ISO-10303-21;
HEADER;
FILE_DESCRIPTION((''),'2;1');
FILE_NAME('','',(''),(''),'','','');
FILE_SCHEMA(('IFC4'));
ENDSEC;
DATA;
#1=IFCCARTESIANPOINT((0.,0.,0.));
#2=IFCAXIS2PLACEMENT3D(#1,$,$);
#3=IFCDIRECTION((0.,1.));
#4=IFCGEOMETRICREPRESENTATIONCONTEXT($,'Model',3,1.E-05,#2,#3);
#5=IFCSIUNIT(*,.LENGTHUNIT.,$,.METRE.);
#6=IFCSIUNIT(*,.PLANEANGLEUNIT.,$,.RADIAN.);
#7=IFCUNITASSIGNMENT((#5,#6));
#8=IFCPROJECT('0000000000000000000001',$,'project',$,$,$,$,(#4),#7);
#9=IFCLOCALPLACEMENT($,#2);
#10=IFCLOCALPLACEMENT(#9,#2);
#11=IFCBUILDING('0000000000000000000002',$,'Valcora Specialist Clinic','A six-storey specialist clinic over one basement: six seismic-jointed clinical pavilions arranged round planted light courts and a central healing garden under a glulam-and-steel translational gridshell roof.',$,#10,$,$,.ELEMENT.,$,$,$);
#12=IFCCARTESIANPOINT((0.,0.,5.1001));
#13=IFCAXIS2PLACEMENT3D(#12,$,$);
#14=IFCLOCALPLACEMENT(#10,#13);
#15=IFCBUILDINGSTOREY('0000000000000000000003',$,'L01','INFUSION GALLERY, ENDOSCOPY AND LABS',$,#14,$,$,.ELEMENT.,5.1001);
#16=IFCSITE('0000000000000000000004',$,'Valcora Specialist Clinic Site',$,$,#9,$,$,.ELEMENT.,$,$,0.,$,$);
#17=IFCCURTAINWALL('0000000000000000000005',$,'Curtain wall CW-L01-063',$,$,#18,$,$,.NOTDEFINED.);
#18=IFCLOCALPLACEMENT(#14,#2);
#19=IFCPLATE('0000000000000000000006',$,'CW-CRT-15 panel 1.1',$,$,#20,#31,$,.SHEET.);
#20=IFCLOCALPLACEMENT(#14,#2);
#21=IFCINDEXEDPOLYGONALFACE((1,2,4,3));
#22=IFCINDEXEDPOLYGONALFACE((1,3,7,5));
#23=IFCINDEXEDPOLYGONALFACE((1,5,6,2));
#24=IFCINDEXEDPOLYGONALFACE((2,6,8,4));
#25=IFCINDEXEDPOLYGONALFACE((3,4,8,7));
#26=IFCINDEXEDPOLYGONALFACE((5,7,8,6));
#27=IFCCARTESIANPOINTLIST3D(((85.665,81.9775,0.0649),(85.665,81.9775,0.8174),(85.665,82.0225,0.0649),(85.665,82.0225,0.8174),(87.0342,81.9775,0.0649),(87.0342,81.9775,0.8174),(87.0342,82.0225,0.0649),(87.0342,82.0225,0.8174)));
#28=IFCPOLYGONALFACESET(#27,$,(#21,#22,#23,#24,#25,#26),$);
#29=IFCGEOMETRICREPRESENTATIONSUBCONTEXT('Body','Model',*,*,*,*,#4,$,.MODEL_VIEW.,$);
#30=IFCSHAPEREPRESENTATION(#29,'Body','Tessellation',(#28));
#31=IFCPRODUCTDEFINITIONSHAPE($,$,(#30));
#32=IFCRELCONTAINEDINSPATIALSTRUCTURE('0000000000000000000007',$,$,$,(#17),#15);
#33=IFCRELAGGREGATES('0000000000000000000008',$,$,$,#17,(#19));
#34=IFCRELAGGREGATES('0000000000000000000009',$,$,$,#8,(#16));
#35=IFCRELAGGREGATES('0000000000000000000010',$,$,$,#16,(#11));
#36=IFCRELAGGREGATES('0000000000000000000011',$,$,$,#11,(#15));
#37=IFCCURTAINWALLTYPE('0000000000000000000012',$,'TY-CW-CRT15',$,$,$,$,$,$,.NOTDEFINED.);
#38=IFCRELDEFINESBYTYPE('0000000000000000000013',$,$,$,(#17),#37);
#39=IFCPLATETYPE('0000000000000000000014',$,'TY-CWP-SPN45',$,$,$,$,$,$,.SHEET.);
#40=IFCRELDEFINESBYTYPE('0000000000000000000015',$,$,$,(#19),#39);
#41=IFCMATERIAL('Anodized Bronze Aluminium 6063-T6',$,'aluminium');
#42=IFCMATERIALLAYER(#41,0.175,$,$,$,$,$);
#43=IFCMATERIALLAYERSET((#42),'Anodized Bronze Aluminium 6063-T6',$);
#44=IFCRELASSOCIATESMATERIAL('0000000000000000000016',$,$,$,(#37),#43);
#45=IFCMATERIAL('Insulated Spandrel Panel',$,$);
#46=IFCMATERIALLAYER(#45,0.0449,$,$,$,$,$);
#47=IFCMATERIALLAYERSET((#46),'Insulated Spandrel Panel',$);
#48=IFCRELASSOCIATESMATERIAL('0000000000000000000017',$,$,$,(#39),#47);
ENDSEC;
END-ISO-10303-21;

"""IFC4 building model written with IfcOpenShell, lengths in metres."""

from ifc_helpers import new_model, si_unit, direction, frame, origin, origin_2d, place, context, subcontext, project, spatial, rectangle, extrude, material, layer, layer_set, type_object, element, aggregate, save


model = new_model("IFC4")

# Units and contexts
model_context = context("Model", 3, precision=1e-05, world=origin(), true_north=direction((0.0, 1.0)))
body_context = subcontext(model_context, "Body", "Model", "MODEL_VIEW")
ifc_project = project(units=[si_unit("LENGTHUNIT", "METRE"), si_unit("PLANEANGLEUNIT", "RADIAN")], contexts=[model_context])

# Site, building, storey
site_placement = place(None, origin())
site = spatial("IfcSite", under=ifc_project, at=site_placement, Name="Valcora Specialist Clinic Site", CompositionType="ELEMENT", RefElevation=0.0)
building_placement = place(site_placement, origin())
building = spatial("IfcBuilding", under=site, at=building_placement, Name="Valcora Specialist Clinic", Description="A six-storey specialist clinic over one basement: six seismic-jointed clinical pavilions arranged round planted light courts and a central healing garden under a glulam-and-steel translational gridshell roof.", CompositionType="ELEMENT")
storey_placement = place(building_placement, frame((0.0, 0.0, 5.1001)))
storey = spatial("IfcBuildingStorey", under=building, at=storey_placement, Name="L01", Description="INFUSION GALLERY, ENDOSCOPY AND LABS", CompositionType="ELEMENT", Elevation=5.1001)

# Shared definitions
ifc_material_1 = material(Name="Anodized Bronze Aluminium 6063-T6", Category="aluminium")
ifc_layer_1 = layer(ifc_material_1, 0.175)
ifc_layer_set_1 = layer_set([ifc_layer_1], Name="Anodized Bronze Aluminium 6063-T6")
curtain_wall_type = type_object("IfcCurtainWallType", Name="TY-CW-CRT15", PredefinedType="NOTDEFINED", material=ifc_layer_set_1)

# Curtain wall
curtain_wall_1_placement = place(storey_placement, origin())
curtain_wall_1 = element("IfcCurtainWall", 1, at=curtain_wall_1_placement, inside=storey, type_object=curtain_wall_type, Name="Curtain wall CW-L01-063", PredefinedType="NOTDEFINED")

# Plate
ifc_material_2 = material(Name="Insulated Spandrel Panel")
ifc_layer_2 = layer(ifc_material_2, 0.0449)
ifc_layer_set_2 = layer_set([ifc_layer_2], Name="Insulated Spandrel Panel")
plate_type_1 = type_object("IfcPlateType", Name="TY-CWP-SPN45", PredefinedType="SHEET", material=ifc_layer_set_2)
plate_1_placement = place(storey_placement, frame((86.3496, 82.0, 0.0649), z_axis=(0.0, 0.0, 1.0), x_axis=(1.0, 0.0, 0.0)))
plate_1 = element("IfcPlate", 2, at=plate_1_placement, type_object=plate_type_1, Name="CW-CRT-15 panel 1.1", PredefinedType="SHEET", context=body_context, shape_type="SweptSolid", body=[
    extrude(rectangle(XDim=1.3691, YDim=0.0449, at=origin_2d()), origin(), (0.0, 0.0, 1.0), 0.7524),
])
aggregate(curtain_wall_1, [plate_1])

save(model, "model.ifc")
